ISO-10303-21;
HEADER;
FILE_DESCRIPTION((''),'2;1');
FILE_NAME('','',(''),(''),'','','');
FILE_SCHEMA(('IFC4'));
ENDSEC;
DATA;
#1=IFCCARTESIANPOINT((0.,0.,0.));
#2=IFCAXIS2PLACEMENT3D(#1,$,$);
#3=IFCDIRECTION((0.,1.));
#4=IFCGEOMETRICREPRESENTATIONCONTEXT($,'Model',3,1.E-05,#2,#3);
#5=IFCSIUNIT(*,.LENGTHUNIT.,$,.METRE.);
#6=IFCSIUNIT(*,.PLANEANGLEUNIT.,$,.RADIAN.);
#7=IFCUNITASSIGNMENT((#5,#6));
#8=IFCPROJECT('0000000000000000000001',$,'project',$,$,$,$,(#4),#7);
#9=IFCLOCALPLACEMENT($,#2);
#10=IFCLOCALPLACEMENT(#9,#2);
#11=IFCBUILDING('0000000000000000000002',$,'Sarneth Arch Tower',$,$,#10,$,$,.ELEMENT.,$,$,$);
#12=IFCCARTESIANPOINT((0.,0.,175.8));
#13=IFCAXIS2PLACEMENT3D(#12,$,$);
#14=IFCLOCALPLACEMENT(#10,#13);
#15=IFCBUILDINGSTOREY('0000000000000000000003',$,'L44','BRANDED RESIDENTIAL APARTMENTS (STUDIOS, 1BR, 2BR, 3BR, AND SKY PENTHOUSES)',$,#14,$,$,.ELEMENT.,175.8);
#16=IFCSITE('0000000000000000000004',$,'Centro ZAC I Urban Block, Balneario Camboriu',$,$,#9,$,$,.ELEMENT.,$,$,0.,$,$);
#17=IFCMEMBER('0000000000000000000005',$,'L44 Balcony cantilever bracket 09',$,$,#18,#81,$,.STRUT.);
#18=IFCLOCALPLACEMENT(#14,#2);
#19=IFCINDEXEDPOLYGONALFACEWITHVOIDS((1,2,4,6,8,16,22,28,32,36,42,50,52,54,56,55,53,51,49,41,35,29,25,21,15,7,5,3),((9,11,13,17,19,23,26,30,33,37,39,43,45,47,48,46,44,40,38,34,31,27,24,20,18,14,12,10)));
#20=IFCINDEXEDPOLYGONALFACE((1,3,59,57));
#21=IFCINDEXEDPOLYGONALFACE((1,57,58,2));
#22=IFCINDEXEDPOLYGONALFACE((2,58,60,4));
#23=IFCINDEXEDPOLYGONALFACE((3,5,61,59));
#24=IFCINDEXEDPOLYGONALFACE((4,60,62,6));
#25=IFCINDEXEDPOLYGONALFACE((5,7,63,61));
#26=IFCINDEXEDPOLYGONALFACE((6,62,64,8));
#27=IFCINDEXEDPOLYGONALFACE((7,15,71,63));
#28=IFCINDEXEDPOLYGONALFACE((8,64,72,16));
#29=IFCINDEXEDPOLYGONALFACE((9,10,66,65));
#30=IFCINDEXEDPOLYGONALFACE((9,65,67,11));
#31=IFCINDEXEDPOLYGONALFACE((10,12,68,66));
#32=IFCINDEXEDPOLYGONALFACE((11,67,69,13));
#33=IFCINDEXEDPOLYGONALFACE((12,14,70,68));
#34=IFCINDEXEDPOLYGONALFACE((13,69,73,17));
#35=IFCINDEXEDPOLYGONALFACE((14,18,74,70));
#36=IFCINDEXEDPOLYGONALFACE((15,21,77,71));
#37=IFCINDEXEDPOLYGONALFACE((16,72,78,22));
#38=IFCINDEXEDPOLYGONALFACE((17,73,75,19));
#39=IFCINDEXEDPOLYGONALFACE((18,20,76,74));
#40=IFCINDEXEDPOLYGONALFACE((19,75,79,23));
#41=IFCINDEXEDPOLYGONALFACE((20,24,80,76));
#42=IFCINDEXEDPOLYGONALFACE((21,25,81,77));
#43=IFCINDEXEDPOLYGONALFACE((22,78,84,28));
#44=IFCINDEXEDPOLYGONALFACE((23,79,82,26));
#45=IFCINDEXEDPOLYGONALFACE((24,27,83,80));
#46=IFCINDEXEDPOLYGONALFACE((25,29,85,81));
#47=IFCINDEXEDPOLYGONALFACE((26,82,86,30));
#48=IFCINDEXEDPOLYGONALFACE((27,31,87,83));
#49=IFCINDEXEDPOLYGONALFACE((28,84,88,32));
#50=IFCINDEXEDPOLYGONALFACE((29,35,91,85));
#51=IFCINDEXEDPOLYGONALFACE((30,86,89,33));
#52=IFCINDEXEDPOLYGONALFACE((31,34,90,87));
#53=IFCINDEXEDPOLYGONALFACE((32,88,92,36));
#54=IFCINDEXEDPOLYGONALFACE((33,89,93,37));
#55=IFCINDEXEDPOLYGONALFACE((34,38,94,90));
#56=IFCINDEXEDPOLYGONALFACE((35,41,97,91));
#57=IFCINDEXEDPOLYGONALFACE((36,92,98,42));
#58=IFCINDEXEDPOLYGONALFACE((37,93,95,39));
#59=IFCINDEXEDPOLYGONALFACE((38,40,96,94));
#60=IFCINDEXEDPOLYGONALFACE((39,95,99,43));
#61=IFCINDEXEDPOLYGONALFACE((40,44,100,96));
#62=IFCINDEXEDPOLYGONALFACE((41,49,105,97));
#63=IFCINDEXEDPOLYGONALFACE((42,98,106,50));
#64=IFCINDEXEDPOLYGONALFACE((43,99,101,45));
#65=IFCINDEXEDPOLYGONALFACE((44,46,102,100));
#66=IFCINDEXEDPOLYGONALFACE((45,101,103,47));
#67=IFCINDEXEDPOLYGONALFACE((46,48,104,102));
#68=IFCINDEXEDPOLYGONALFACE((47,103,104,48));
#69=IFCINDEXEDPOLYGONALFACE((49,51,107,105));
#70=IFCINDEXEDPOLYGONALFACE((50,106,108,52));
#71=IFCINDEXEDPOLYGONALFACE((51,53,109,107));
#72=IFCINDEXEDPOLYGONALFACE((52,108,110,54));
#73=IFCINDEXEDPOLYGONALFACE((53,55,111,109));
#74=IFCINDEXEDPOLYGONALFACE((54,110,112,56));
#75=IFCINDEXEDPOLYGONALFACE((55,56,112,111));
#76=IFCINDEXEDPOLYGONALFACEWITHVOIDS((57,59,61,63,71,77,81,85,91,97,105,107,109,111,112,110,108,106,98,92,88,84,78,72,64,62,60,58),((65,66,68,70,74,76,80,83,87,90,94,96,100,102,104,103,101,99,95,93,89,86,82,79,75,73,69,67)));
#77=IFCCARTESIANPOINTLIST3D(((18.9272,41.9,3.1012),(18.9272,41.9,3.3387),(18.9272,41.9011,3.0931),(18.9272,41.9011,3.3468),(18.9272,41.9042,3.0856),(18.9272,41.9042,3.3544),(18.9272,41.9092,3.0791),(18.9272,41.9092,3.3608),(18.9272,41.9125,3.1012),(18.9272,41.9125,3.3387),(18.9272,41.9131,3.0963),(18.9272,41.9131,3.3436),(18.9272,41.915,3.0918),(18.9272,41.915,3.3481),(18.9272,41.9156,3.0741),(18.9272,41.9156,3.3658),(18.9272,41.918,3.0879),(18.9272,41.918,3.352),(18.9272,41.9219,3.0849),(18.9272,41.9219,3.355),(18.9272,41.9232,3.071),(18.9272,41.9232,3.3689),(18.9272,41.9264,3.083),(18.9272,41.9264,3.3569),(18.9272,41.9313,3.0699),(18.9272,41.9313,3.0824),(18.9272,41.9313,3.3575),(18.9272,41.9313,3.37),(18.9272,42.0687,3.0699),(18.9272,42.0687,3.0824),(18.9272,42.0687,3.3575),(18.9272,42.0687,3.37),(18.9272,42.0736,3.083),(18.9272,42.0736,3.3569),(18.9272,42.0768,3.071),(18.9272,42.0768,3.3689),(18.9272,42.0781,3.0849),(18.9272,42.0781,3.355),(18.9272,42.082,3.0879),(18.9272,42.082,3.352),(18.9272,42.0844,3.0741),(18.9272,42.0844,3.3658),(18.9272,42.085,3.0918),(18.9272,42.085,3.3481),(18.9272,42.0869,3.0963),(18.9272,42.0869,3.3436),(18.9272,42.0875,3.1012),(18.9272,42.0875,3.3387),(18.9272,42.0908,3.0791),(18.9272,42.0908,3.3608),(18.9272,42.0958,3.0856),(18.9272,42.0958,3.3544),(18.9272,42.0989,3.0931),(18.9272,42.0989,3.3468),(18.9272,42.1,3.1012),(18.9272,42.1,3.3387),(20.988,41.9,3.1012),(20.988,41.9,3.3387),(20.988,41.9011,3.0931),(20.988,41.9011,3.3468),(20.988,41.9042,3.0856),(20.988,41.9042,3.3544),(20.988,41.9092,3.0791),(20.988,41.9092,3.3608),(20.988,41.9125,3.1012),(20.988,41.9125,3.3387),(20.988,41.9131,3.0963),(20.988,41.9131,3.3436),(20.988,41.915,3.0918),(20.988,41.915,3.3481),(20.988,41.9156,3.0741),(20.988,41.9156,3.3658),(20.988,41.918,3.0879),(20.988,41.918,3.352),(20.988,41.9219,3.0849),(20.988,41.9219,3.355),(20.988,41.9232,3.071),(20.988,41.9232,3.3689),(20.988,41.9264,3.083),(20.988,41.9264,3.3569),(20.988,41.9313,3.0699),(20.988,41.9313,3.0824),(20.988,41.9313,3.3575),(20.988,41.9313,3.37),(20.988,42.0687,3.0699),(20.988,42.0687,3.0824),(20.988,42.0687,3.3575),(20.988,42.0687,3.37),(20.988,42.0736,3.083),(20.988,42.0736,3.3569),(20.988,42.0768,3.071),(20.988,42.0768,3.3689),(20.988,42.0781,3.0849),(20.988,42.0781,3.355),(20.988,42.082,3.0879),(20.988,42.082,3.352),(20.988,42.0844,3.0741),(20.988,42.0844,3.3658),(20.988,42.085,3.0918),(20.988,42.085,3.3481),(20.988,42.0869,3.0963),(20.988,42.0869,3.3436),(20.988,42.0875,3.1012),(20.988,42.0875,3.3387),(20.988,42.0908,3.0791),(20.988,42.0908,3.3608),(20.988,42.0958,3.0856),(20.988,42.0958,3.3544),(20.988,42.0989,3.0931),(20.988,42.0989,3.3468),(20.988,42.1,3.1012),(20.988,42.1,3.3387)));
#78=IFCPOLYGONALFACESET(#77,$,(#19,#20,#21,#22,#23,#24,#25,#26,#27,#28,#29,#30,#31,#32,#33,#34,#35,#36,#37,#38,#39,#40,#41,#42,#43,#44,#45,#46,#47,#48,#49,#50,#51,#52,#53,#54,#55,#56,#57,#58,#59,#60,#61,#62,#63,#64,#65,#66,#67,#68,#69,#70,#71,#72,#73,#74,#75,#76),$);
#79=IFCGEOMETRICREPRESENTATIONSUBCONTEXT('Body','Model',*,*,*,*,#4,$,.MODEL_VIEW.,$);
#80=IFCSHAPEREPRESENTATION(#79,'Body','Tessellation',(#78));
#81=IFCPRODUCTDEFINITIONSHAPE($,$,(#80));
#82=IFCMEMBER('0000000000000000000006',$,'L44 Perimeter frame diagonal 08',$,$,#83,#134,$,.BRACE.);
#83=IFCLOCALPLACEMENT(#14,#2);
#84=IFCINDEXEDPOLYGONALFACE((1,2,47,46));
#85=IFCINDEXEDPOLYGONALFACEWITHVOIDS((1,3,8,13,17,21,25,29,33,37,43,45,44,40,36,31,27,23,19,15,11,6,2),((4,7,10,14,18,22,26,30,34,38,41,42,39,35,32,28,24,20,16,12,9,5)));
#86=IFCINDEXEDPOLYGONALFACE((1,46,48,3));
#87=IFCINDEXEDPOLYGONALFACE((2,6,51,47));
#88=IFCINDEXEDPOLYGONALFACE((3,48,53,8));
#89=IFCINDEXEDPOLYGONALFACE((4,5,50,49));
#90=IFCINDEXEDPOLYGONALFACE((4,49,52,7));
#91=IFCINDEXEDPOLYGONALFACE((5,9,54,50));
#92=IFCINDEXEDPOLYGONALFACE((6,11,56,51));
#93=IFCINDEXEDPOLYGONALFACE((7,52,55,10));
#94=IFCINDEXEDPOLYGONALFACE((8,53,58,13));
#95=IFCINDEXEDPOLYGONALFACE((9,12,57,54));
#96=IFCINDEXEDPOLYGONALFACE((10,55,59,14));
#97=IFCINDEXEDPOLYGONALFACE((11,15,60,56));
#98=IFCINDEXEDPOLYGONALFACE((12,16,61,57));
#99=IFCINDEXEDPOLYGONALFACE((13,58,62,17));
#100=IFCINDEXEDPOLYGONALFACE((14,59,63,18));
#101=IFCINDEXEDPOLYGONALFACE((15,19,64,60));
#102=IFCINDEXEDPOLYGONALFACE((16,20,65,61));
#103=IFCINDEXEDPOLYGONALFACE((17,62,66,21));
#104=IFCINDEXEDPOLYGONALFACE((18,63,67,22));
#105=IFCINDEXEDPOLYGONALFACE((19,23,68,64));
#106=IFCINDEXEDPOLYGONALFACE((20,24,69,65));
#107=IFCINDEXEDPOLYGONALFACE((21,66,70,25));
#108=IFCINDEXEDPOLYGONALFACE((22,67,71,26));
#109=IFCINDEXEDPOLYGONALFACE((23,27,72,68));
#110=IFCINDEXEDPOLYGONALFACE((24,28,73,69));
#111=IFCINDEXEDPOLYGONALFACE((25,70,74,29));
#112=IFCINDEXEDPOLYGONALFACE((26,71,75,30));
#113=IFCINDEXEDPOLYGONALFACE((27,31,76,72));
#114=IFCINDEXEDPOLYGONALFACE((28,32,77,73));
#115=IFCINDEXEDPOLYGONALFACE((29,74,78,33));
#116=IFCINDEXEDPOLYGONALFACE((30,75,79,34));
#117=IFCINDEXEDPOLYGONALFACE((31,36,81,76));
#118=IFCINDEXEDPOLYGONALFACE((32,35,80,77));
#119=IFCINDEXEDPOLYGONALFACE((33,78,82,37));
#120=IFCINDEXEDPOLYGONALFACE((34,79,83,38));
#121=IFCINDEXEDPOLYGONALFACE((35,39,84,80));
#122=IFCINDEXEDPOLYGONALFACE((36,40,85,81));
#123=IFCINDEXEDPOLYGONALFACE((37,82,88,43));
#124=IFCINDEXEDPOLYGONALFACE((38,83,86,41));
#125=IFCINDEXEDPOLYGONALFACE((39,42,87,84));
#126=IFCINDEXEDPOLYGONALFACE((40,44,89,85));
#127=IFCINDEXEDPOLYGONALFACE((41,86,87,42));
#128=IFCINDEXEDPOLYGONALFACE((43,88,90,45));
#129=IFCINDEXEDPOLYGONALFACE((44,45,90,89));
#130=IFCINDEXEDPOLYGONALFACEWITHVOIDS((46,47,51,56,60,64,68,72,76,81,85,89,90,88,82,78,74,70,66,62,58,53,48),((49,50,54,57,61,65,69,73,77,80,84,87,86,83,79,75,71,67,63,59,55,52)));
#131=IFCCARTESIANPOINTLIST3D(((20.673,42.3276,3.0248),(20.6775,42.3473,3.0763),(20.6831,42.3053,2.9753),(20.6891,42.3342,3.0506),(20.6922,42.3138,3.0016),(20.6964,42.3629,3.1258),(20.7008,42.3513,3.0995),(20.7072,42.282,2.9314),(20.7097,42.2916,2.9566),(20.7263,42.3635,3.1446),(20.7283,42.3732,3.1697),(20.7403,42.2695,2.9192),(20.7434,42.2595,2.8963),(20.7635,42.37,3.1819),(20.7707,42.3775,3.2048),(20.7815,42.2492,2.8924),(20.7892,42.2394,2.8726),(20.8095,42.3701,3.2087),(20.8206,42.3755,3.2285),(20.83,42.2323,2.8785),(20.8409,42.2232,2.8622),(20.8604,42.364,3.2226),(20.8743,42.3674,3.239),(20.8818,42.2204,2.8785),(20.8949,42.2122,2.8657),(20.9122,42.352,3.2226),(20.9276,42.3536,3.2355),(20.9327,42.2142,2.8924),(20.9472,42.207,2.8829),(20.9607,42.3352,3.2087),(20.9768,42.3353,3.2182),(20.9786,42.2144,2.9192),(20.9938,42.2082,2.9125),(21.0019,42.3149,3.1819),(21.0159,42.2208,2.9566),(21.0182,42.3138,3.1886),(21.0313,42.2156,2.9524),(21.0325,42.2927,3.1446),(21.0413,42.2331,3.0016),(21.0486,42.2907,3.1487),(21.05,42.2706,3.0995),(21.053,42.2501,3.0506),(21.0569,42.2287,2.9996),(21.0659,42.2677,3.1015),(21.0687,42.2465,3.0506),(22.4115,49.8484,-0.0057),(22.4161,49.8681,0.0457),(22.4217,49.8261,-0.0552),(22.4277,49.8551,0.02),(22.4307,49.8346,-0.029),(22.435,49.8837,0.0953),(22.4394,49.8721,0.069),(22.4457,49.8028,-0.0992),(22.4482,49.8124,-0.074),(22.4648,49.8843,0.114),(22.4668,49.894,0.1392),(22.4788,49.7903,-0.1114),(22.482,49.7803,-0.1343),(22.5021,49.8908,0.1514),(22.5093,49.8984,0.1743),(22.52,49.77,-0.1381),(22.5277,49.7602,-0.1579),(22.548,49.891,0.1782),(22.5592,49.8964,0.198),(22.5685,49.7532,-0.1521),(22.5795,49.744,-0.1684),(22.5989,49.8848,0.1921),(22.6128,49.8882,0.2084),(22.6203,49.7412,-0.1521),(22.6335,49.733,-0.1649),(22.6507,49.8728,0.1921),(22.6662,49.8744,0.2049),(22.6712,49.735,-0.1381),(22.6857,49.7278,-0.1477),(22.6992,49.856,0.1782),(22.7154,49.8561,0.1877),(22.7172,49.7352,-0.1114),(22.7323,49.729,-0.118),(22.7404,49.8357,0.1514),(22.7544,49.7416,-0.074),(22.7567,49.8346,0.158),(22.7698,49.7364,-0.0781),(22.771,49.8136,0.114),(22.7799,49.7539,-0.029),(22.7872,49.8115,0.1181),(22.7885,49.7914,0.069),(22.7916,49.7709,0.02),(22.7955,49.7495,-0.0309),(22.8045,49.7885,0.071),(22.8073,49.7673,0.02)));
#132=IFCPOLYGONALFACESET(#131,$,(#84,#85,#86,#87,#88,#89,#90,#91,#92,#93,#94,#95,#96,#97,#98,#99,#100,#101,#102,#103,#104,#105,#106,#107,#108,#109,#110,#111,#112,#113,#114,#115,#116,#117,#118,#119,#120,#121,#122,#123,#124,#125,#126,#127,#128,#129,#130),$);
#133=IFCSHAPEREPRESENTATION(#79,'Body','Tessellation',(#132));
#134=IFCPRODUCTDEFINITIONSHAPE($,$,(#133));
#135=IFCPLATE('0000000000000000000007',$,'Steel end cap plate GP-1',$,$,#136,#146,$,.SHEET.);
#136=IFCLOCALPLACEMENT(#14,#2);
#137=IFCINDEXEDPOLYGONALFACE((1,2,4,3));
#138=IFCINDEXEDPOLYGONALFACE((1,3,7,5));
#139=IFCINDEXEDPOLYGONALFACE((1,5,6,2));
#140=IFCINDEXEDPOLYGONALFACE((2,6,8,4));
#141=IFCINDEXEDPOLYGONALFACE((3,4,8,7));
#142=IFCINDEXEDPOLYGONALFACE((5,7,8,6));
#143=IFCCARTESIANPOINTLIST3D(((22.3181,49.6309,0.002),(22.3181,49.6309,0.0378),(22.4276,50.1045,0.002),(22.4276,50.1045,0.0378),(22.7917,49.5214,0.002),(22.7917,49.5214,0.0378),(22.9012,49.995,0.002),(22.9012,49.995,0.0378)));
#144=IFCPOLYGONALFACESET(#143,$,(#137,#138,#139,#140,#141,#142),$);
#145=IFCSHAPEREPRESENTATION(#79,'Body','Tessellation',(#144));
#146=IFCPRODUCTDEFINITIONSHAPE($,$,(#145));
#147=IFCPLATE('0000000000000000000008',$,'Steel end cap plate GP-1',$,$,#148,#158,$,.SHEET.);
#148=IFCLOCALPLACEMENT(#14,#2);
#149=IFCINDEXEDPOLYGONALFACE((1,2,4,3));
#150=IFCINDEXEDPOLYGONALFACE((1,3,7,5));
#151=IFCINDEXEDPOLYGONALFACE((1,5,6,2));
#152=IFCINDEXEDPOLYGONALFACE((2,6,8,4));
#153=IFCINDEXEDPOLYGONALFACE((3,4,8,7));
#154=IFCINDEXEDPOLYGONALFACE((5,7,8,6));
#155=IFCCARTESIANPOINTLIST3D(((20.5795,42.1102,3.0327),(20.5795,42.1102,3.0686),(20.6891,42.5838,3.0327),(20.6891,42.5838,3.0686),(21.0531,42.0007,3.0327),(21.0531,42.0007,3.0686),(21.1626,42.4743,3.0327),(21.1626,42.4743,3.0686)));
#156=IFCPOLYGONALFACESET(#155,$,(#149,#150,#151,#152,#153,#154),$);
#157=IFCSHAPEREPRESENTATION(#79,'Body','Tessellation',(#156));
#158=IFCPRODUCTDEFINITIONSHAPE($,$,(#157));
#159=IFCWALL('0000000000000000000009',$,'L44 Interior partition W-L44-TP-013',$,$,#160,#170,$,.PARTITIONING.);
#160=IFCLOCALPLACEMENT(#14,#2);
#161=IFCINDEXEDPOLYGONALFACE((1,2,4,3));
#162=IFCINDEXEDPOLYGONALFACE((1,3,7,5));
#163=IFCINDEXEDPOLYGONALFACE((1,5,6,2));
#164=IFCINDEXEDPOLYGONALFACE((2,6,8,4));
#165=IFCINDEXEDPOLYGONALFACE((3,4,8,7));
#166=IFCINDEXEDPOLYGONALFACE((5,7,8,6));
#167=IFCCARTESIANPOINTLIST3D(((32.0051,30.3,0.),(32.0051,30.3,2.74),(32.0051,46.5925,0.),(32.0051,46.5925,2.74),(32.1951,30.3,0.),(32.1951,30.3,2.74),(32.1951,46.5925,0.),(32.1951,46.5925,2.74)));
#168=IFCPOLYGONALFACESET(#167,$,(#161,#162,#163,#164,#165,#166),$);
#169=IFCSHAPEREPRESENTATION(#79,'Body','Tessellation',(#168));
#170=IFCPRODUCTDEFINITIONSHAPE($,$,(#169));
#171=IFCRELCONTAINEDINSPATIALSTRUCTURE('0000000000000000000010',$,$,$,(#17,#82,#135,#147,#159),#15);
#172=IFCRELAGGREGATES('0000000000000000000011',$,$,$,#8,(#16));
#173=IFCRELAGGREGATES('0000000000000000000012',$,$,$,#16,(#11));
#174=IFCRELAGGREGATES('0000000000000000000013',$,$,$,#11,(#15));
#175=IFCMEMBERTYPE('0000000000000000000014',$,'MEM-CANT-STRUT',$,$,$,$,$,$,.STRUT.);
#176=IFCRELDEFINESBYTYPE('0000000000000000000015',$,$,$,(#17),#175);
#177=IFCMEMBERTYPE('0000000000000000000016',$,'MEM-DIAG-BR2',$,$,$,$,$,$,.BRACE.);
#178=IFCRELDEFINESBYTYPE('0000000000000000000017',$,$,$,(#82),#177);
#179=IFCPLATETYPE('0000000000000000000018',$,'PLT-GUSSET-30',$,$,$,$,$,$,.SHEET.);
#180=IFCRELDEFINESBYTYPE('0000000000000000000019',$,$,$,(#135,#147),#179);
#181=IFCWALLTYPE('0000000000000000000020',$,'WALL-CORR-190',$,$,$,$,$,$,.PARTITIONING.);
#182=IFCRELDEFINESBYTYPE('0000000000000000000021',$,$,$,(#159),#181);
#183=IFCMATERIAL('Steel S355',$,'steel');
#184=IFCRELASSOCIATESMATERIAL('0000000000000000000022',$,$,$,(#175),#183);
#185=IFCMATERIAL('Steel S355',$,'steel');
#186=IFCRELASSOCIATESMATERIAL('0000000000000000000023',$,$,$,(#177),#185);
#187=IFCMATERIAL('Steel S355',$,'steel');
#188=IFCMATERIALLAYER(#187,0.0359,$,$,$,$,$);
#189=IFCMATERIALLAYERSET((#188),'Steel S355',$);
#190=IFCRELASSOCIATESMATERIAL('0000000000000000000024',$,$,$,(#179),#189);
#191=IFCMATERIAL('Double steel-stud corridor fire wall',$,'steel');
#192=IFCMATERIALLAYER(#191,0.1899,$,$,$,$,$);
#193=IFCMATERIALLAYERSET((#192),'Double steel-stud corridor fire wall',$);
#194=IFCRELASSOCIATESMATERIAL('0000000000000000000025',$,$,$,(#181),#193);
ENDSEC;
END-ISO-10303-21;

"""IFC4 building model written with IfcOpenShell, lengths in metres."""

from ifc_helpers import new_model, si_unit, direction, frame, frame_2d, origin, origin_2d, place, context, subcontext, project, spatial, rectangle, hollow_rectangle, hollow_circle, extrude, material, layer, layer_set, material_profile, profile_set, type_object, element, save


model = new_model("IFC4")

# Units and contexts
model_context = context("Model", 3, precision=1e-05, world=origin(), true_north=direction((0.0, 1.0)))
body_context = subcontext(model_context, "Body", "Model", "MODEL_VIEW")
ifc_project = project(units=[si_unit("LENGTHUNIT", "METRE"), si_unit("PLANEANGLEUNIT", "RADIAN")], contexts=[model_context])

# Site, building, storey
site_placement = place(None, origin())
site = spatial("IfcSite", under=ifc_project, at=site_placement, Name="Centro ZAC I Urban Block, Balneario Camboriu", CompositionType="ELEMENT", RefElevation=0.0)
building_placement = place(site_placement, origin())
building = spatial("IfcBuilding", under=site, at=building_placement, Name="Sarneth Arch Tower", CompositionType="ELEMENT")
storey_placement = place(building_placement, frame((0.0, 0.0, 175.8)))
storey = spatial("IfcBuildingStorey", under=building, at=storey_placement, Name="L44", Description="BRANDED RESIDENTIAL APARTMENTS (STUDIOS, 1BR, 2BR, 3BR, AND SKY PENTHOUSES)", CompositionType="ELEMENT", Elevation=175.8)

# Members
ifc_material_1 = material(Name="Steel S355", Category="steel")
ifc_material_profile_1 = material_profile(ifc_material_1, hollow_rectangle(XDim=0.2, YDim=0.3, WallThickness=0.0125, InnerFilletRadius=0.0188, OuterFilletRadius=0.0312, at=origin_2d()), Name="RHS300x200x12.5")
ifc_profile_set_1 = profile_set([ifc_material_profile_1], Name="Steel S355")
member_type_1 = type_object("IfcMemberType", Name="MEM-CANT-STRUT", PredefinedType="STRUT", material=ifc_profile_set_1)
member_1_placement = place(storey_placement, frame((20.988, 42.0, 3.22), z_axis=(-1.0, 0.0, 0.0), x_axis=(0.0, -1.0, 0.0)))
element("IfcMember", 1, at=member_1_placement, inside=storey, type_object=member_type_1, Name="L44 Balcony cantilever bracket 09", PredefinedType="STRUT", context=body_context, shape_type="SweptSolid", body=[
    extrude(hollow_rectangle(XDim=0.2, YDim=0.3, WallThickness=0.0125, InnerFilletRadius=0.0188, OuterFilletRadius=0.0312, at=origin_2d()), origin(), (0.0, 0.0, 1.0), 2.0608),
])
ifc_material_2 = material(Name="Steel S355", Category="steel")
ifc_material_profile_2 = material_profile(ifc_material_2, hollow_circle(Radius=0.2029, WallThickness=0.0161, at=origin_2d()), Name="CHS406x16")
ifc_profile_set_2 = profile_set([ifc_material_profile_2], Name="Steel S355")
member_type_2 = type_object("IfcMemberType", Name="MEM-DIAG-BR2", PredefinedType="BRACE", material=ifc_profile_set_2)
member_2_placement = place(storey_placement, frame((22.6096, 49.813, 0.02), z_axis=(-0.209646, -0.906917, 0.365446), x_axis=(0.974307, -0.225224, 0.0)))
element("IfcMember", 2, at=member_2_placement, inside=storey, type_object=member_type_2, Name="L44 Perimeter frame diagonal 08", PredefinedType="BRACE", context=body_context, shape_type="SweptSolid", body=[
    extrude(hollow_circle(Radius=0.2029, WallThickness=0.0161, at=origin_2d()), origin(), (0.0, 0.0, 1.0), 8.2927),
])

# Plates
ifc_material_3 = material(Name="Steel S355", Category="steel")
ifc_layer_1 = layer(ifc_material_3, 0.0359)
ifc_layer_set_1 = layer_set([ifc_layer_1], Name="Steel S355")
plate_type = type_object("IfcPlateType", Name="PLT-GUSSET-30", PredefinedType="SHEET", material=ifc_layer_set_1)
for number, where, z_axis, x_axis, name in (
    (3, (22.6096, 49.813, 0.002), (0.0, 0.0, 1.0), (-0.225291, -0.974291, 0.0), "Steel end cap plate GP-1"),
    (4, (20.8711, 42.2922, 3.0327), (0.0, 0.0, 1.0), (-0.225291, -0.974291, 0.0), "Steel end cap plate GP-1"),
):
    element("IfcPlate", number, at=place(storey_placement, frame(where, z_axis=z_axis, x_axis=x_axis)), inside=storey, type_object=plate_type, Name=name, PredefinedType="SHEET", context=body_context, shape_type="SweptSolid", body=[
        extrude(rectangle(XDim=0.4861, YDim=0.4861, at=origin_2d()), origin(), (0.0, 0.0, 1.0), 0.0359),
    ])

# Wall
ifc_material_4 = material(Name="Double steel-stud corridor fire wall", Category="steel")
ifc_layer_2 = layer(ifc_material_4, 0.1899)
ifc_layer_set_2 = layer_set([ifc_layer_2], Name="Double steel-stud corridor fire wall")
wall_type_1 = type_object("IfcWallType", Name="WALL-CORR-190", PredefinedType="PARTITIONING", material=ifc_layer_set_2)
wall_1_placement = place(storey_placement, frame((32.1001, 46.5925, 0.0), z_axis=(0.0, 0.0, 1.0), x_axis=(0.0, -1.0, 0.0)))
element("IfcWall", 5, at=wall_1_placement, inside=storey, type_object=wall_type_1, Name="L44 Interior partition W-L44-TP-013", PredefinedType="PARTITIONING", context=body_context, shape_type="SweptSolid", body=[
    extrude(rectangle(XDim=16.2925, YDim=0.1899, at=frame_2d((8.1462, 0.0))), origin(), (0.0, 0.0, 1.0), 2.74),
])

save(model, "model.ifc")
